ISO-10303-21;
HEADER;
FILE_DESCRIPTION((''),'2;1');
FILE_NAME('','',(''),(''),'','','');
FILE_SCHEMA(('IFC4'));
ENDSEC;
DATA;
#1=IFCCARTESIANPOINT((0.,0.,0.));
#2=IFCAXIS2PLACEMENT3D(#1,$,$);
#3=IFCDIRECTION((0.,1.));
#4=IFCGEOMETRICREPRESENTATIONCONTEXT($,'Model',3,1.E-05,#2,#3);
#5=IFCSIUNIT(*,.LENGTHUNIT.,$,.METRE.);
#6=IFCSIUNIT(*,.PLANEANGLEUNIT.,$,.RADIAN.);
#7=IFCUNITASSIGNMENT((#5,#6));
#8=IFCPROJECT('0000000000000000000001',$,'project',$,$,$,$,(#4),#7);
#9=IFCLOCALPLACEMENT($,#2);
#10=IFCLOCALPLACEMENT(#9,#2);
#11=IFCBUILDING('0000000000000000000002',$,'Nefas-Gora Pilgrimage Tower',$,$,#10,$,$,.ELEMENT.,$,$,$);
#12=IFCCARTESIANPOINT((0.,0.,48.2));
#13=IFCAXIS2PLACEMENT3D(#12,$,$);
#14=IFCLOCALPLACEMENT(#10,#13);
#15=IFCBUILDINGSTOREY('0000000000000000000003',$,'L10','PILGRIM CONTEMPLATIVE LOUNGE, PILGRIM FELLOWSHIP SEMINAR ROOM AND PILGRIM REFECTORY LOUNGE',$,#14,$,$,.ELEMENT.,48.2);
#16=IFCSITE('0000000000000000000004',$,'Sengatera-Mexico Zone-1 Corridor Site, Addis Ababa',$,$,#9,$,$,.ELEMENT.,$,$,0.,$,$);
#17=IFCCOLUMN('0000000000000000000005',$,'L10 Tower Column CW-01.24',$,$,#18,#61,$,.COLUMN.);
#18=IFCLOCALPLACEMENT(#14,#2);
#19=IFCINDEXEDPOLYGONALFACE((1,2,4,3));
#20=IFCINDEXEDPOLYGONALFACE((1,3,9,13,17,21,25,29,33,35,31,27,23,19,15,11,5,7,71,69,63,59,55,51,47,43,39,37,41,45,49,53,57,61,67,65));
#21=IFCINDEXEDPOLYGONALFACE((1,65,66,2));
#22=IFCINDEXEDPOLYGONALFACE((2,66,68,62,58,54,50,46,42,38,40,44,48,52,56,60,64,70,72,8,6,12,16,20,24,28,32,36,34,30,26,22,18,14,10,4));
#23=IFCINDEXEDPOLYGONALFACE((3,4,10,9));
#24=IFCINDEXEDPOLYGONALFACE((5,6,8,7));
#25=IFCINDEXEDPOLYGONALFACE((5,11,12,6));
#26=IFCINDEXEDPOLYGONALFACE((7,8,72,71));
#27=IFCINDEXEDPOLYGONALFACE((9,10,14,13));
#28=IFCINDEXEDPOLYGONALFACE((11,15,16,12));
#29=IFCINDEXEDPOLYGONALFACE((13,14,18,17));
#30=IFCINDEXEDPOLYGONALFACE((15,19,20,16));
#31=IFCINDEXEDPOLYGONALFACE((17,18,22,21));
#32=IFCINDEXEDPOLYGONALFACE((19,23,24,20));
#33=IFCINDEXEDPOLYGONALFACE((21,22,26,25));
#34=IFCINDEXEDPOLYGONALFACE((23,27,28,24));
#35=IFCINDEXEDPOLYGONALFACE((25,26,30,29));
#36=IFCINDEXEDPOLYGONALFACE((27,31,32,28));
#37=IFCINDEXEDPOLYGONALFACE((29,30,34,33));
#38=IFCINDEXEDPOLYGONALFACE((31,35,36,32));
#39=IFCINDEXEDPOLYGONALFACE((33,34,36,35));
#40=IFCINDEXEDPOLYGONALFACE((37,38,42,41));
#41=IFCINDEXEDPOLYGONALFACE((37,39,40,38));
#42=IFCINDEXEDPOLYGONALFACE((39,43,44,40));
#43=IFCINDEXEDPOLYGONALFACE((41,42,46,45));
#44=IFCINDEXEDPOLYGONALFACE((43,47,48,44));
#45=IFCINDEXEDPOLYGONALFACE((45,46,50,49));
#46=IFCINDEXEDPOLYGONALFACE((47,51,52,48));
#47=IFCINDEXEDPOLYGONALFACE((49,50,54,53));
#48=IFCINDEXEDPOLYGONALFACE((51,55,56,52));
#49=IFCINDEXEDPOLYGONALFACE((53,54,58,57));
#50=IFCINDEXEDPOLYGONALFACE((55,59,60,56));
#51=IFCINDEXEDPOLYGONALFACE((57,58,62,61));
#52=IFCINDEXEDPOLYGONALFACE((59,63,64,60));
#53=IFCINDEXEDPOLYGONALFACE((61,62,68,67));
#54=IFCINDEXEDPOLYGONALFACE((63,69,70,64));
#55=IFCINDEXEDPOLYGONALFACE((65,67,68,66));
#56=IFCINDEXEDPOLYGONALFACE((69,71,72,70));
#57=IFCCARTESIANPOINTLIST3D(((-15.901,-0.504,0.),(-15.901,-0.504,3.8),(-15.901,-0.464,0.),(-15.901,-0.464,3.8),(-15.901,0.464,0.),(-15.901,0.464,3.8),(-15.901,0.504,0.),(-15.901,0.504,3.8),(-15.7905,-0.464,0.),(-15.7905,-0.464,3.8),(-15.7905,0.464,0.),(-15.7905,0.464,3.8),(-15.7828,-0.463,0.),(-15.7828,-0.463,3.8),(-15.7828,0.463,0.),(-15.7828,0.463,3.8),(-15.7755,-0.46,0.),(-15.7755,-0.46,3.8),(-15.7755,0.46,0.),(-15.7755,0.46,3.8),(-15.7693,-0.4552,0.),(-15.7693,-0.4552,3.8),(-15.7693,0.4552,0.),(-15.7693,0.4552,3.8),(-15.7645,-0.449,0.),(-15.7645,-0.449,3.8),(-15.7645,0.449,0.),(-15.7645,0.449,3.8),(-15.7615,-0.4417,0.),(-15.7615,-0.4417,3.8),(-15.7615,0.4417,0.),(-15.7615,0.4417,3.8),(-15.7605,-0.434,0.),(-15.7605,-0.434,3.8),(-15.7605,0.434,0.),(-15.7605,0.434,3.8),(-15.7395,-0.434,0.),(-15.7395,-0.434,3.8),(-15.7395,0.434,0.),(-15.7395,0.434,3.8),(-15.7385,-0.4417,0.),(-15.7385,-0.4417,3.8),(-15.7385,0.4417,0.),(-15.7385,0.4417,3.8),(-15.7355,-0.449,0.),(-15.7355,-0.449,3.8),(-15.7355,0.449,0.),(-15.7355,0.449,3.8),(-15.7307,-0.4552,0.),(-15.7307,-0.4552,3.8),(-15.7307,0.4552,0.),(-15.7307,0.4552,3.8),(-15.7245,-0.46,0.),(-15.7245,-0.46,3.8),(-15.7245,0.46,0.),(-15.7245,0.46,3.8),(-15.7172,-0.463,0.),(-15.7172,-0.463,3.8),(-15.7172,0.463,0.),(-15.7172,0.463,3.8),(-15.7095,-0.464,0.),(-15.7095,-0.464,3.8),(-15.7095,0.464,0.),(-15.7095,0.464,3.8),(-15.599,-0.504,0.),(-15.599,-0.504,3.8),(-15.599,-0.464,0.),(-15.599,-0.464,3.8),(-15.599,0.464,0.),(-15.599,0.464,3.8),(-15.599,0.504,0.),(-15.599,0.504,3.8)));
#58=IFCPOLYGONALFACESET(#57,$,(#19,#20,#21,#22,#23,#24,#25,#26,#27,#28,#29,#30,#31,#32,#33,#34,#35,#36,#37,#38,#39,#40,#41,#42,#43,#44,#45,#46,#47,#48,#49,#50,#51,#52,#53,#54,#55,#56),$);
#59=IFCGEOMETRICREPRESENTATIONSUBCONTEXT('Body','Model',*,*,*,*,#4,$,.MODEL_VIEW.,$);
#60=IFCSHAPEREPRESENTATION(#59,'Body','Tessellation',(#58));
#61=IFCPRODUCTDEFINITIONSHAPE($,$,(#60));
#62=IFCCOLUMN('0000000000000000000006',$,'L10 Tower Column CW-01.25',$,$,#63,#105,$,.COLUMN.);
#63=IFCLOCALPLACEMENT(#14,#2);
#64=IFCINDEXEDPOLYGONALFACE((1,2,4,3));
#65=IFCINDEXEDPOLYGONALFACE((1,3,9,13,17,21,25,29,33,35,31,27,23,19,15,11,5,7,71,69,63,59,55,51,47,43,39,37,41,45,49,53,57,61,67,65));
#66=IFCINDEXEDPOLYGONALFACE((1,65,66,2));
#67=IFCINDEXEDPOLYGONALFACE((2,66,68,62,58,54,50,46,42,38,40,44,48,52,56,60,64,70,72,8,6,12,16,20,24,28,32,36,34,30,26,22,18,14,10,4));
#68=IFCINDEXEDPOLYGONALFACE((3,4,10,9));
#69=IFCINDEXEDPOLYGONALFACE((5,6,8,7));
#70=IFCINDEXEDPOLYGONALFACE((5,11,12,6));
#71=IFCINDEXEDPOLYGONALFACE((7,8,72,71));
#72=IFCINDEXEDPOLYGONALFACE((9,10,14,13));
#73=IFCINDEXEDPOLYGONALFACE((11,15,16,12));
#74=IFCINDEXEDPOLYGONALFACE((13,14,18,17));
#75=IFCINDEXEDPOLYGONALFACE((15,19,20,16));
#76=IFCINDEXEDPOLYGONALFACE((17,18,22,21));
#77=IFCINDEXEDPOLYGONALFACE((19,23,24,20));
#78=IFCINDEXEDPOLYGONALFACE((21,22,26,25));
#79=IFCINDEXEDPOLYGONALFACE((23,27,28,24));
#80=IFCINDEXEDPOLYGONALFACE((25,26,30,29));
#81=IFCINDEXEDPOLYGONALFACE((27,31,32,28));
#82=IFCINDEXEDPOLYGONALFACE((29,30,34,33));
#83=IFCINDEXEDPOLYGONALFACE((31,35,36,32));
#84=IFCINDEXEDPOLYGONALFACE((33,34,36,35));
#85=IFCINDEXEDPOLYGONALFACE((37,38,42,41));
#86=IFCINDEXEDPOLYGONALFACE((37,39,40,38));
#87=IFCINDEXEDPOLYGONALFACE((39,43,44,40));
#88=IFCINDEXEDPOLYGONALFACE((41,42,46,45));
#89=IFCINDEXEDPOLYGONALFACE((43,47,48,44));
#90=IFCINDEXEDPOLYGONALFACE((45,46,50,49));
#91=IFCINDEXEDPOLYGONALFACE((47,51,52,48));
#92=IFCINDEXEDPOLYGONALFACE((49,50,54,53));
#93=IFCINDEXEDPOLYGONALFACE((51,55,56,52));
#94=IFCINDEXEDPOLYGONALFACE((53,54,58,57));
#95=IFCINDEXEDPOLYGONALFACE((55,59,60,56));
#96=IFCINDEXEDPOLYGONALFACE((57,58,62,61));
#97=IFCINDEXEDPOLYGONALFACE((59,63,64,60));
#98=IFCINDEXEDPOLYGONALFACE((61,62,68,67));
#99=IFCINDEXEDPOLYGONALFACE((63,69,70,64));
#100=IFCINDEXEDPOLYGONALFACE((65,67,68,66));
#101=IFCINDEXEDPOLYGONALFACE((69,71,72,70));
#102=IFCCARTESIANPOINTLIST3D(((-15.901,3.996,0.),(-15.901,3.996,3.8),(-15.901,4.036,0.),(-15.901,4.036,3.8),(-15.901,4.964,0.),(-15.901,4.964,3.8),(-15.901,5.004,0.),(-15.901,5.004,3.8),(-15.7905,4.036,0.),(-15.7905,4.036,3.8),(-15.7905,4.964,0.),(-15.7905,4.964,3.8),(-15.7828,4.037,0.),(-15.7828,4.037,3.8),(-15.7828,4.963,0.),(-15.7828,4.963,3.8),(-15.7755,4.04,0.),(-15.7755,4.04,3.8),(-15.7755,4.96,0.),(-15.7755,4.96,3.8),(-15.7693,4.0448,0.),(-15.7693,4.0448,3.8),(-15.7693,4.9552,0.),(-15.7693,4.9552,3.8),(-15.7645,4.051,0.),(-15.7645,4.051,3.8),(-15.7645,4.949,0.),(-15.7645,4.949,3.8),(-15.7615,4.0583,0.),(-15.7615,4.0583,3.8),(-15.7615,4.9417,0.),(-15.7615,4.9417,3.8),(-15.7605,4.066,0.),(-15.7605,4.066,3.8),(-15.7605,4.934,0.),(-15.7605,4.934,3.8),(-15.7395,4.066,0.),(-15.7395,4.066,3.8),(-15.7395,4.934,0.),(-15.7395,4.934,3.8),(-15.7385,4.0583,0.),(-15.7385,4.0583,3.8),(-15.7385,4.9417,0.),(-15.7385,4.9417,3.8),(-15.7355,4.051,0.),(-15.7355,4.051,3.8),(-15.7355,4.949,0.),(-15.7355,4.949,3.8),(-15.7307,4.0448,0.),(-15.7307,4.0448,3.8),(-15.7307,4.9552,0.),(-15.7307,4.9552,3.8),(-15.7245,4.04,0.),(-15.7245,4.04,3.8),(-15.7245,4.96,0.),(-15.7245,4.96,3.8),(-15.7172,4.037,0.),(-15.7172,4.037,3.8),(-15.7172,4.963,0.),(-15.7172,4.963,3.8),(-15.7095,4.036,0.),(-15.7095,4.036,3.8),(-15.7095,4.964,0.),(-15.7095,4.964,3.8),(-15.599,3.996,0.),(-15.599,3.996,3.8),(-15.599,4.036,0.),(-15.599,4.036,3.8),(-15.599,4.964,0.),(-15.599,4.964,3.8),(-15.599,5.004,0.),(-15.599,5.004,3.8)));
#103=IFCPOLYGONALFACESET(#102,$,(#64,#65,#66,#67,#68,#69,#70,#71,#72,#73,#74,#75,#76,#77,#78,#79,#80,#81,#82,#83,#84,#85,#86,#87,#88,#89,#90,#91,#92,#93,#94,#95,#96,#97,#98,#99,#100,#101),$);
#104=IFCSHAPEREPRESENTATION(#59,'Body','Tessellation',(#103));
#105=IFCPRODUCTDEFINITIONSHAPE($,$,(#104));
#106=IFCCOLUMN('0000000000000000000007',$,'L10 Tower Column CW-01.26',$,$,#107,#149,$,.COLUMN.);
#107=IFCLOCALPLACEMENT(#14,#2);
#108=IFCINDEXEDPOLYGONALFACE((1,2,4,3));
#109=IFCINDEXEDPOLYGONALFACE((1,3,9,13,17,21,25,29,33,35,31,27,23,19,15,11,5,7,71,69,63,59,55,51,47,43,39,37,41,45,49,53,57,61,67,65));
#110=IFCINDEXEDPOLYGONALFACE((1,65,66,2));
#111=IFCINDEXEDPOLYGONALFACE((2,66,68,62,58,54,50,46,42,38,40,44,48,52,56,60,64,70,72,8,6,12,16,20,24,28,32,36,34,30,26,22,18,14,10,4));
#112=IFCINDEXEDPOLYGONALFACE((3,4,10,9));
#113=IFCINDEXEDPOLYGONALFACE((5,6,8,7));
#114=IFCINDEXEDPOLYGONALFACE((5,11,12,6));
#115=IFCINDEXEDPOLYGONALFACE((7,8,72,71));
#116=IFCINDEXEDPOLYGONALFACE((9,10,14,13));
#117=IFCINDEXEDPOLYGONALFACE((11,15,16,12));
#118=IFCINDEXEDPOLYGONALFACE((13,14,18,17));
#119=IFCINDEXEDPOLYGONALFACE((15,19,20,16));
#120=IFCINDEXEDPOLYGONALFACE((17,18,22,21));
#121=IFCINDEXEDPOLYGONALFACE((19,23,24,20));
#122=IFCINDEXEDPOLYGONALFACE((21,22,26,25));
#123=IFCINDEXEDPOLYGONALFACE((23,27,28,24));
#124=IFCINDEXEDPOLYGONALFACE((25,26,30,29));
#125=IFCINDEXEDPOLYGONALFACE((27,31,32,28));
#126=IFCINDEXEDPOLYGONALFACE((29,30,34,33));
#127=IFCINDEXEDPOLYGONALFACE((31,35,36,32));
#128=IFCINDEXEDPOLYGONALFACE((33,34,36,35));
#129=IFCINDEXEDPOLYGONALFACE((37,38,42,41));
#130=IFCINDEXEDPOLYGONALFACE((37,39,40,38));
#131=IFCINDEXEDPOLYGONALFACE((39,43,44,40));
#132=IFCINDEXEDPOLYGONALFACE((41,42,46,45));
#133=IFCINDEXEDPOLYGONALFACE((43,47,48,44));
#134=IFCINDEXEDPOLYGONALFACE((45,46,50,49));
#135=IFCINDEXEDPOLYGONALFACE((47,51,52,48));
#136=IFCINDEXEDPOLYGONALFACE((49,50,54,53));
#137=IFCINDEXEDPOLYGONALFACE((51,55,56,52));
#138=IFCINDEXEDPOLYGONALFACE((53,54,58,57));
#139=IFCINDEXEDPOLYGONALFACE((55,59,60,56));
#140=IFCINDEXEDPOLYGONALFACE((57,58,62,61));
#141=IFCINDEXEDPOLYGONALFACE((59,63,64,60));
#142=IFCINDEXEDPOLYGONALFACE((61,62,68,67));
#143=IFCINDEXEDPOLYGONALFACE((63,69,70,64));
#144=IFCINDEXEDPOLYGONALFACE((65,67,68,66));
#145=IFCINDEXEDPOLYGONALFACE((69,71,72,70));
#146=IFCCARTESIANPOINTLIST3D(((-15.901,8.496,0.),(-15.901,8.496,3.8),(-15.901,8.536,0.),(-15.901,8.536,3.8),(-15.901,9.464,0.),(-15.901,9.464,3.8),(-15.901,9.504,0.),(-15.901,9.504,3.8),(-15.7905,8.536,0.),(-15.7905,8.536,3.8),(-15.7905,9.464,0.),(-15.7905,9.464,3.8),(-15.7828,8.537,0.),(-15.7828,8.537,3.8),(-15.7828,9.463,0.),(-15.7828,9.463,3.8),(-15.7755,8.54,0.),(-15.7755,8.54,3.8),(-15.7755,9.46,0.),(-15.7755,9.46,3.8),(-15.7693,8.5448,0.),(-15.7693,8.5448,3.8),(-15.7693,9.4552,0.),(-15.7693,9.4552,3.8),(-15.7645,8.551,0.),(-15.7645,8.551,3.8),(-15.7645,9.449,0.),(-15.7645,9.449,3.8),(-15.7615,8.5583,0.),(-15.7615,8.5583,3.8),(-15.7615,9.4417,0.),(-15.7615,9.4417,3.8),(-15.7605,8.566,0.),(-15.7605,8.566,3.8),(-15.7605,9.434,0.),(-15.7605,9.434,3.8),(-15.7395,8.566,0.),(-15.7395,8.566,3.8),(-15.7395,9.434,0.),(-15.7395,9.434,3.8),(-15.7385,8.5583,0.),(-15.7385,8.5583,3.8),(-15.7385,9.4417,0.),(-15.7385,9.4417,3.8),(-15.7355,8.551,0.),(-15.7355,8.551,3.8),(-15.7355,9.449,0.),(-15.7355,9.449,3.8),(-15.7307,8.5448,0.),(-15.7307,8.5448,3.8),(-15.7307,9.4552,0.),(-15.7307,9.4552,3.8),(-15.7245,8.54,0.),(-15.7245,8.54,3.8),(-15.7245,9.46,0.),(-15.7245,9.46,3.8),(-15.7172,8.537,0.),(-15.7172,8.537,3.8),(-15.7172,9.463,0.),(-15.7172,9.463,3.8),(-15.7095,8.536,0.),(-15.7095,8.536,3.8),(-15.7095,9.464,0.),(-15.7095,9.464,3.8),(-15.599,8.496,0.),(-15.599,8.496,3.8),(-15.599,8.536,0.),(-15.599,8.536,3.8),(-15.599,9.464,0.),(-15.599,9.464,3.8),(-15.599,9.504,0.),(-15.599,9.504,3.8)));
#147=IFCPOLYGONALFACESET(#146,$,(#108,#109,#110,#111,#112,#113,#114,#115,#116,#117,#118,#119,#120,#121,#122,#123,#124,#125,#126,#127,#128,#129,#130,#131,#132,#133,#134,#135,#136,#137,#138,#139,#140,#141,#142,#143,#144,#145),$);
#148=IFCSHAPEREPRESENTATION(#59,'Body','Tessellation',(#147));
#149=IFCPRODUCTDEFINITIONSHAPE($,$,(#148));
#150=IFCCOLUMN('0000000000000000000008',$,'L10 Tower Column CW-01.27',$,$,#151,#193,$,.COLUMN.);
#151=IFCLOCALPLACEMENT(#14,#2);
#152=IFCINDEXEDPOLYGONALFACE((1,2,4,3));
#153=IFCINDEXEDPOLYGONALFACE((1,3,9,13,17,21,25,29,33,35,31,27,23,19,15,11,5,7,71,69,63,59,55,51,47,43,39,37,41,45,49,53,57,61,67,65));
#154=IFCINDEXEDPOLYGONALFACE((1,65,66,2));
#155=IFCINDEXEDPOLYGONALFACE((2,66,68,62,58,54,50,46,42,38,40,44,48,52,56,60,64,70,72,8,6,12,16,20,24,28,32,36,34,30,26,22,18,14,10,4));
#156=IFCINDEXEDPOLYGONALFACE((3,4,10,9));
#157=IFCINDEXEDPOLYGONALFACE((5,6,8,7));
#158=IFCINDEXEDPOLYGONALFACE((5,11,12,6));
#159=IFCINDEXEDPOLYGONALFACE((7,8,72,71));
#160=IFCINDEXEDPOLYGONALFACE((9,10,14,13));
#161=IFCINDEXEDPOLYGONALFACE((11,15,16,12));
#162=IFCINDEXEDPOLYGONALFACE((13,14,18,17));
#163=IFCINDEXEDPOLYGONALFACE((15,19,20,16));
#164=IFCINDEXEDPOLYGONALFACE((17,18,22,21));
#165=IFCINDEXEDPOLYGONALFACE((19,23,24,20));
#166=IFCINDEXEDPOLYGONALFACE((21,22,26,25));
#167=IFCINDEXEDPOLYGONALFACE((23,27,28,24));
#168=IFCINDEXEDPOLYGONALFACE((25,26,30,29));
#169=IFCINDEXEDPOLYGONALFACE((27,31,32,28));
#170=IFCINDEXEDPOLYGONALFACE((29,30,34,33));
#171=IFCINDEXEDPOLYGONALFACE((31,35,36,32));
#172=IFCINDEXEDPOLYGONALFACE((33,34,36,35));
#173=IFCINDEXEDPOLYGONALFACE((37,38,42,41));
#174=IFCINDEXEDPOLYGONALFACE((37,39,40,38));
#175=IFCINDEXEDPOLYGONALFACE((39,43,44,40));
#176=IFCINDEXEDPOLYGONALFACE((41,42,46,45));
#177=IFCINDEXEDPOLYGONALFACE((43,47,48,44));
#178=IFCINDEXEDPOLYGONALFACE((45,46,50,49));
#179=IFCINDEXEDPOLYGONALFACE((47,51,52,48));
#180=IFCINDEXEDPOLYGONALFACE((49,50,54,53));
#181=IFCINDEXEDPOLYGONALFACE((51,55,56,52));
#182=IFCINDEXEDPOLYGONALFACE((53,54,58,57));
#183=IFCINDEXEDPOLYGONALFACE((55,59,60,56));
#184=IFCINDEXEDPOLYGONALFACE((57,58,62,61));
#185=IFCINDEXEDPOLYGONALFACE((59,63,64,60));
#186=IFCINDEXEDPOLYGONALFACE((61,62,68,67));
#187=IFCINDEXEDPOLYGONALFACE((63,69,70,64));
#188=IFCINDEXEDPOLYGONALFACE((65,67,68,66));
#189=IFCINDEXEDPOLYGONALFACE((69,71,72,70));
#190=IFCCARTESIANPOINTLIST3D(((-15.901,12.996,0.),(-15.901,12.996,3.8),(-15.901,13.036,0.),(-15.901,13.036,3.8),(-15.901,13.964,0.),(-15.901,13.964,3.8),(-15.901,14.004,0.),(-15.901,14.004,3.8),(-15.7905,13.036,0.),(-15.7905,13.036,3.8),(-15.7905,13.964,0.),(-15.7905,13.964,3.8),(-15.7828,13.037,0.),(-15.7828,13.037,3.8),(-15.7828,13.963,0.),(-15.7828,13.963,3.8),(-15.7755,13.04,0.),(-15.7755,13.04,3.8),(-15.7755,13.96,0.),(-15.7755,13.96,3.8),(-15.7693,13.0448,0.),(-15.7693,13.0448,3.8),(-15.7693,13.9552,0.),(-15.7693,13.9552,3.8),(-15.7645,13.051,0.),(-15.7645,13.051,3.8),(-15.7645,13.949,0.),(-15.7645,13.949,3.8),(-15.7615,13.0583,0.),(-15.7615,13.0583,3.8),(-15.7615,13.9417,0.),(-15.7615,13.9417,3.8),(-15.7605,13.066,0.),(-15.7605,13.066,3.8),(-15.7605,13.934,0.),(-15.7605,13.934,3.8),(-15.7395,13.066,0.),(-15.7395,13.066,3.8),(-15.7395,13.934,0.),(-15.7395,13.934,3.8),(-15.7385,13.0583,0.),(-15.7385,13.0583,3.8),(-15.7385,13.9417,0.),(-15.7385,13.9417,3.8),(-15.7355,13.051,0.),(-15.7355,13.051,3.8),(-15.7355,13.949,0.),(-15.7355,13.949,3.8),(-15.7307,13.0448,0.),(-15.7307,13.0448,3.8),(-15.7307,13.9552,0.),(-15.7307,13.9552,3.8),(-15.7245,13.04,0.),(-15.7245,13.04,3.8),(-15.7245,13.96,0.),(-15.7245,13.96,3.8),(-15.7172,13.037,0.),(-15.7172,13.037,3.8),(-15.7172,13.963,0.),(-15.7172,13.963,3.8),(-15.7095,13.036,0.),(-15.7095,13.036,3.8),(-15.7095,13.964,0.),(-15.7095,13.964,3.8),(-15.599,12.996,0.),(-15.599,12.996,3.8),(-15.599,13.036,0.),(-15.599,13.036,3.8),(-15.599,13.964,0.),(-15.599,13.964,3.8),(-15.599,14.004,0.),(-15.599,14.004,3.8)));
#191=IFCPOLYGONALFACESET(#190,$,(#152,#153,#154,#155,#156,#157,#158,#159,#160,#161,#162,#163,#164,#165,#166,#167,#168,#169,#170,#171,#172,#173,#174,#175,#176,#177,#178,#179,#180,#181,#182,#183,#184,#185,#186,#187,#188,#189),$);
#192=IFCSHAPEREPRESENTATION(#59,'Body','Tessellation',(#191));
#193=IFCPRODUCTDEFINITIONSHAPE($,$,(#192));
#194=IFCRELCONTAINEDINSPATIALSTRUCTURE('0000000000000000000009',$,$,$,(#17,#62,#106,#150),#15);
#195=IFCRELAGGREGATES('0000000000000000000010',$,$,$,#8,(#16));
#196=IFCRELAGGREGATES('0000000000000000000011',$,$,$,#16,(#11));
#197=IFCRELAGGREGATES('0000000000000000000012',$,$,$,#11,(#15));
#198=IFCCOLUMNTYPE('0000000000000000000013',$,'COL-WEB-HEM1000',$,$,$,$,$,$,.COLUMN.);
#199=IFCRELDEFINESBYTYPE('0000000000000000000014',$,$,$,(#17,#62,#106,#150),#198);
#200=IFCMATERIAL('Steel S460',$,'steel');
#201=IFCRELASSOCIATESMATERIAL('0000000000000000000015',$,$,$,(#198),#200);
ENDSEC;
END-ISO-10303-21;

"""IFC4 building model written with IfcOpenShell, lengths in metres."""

from ifc_helpers import new_model, si_unit, direction, frame, origin, origin_2d, place, context, subcontext, project, spatial, i_section, extrude, source, transform, mapped, material, material_profile, profile_set, type_object, element, save


model = new_model("IFC4")

# Units and contexts
model_context = context("Model", 3, precision=1e-05, world=origin(), true_north=direction((0.0, 1.0)))
body_context = subcontext(model_context, "Body", "Model", "MODEL_VIEW")
ifc_project = project(units=[si_unit("LENGTHUNIT", "METRE"), si_unit("PLANEANGLEUNIT", "RADIAN")], contexts=[model_context])

# Site, building, storey
site_placement = place(None, origin())
site = spatial("IfcSite", under=ifc_project, at=site_placement, Name="Sengatera-Mexico Zone-1 Corridor Site, Addis Ababa", CompositionType="ELEMENT", RefElevation=0.0)
building_placement = place(site_placement, origin())
building = spatial("IfcBuilding", under=site, at=building_placement, Name="Nefas-Gora Pilgrimage Tower", CompositionType="ELEMENT")
storey_placement = place(building_placement, frame((0.0, 0.0, 48.2)))
storey = spatial("IfcBuildingStorey", under=building, at=storey_placement, Name="L10", Description="PILGRIM CONTEMPLATIVE LOUNGE, PILGRIM FELLOWSHIP SEMINAR ROOM AND PILGRIM REFECTORY LOUNGE", CompositionType="ELEMENT", Elevation=48.2)

# Columns
ifc_material_1 = material(Name="Steel S460", Category="steel")
ifc_material_profile_1 = material_profile(ifc_material_1, i_section(OverallWidth=0.302, OverallDepth=1.0081, WebThickness=0.021, FlangeThickness=0.04, FilletRadius=0.03, at=origin_2d()), Name="HEM 1000")
ifc_profile_set_1 = profile_set([ifc_material_profile_1], Name="Steel S460")
column_type_1 = type_object("IfcColumnType", Name="COL-WEB-HEM1000", PredefinedType="COLUMN", material=ifc_profile_set_1)
shared_shape_1 = source(origin(), body_context, "Body", "SweptSolid", [
    extrude(i_section(OverallWidth=0.302, OverallDepth=1.0081, WebThickness=0.021, FlangeThickness=0.04, FilletRadius=0.03, at=origin_2d()), origin(), (0.0, 0.0, 1.0), 3.8),
])
for number, where, z_axis, x_axis, name in (
    (1, (-15.75, 0.0, 0.0), (0.0, 0.0, 1.0), (1.0, 0.0, 0.0), "L10 Tower Column CW-01.24"),
    (2, (-15.75, 4.5, 0.0), (0.0, 0.0, 1.0), (1.0, 0.0, 0.0), "L10 Tower Column CW-01.25"),
    (3, (-15.75, 9.0, 0.0), (0.0, 0.0, 1.0), (1.0, 0.0, 0.0), "L10 Tower Column CW-01.26"),
    (4, (-15.75, 13.5, 0.0), (0.0, 0.0, 1.0), (1.0, 0.0, 0.0), "L10 Tower Column CW-01.27"),
):
    element("IfcColumn", number, at=place(storey_placement, frame(where, z_axis=z_axis, x_axis=x_axis)), inside=storey, type_object=column_type_1, Name=name, PredefinedType="COLUMN", context=body_context, shape_type="MappedRepresentation", body=[
        mapped(shared_shape_1, transform((0.0, 0.0, 0.0), x_axis=(1.0, 0.0, 0.0), y_axis=(0.0, 1.0, 0.0), z_axis=(0.0, 0.0, 1.0), scale=1.0)),
    ])

save(model, "model.ifc")
